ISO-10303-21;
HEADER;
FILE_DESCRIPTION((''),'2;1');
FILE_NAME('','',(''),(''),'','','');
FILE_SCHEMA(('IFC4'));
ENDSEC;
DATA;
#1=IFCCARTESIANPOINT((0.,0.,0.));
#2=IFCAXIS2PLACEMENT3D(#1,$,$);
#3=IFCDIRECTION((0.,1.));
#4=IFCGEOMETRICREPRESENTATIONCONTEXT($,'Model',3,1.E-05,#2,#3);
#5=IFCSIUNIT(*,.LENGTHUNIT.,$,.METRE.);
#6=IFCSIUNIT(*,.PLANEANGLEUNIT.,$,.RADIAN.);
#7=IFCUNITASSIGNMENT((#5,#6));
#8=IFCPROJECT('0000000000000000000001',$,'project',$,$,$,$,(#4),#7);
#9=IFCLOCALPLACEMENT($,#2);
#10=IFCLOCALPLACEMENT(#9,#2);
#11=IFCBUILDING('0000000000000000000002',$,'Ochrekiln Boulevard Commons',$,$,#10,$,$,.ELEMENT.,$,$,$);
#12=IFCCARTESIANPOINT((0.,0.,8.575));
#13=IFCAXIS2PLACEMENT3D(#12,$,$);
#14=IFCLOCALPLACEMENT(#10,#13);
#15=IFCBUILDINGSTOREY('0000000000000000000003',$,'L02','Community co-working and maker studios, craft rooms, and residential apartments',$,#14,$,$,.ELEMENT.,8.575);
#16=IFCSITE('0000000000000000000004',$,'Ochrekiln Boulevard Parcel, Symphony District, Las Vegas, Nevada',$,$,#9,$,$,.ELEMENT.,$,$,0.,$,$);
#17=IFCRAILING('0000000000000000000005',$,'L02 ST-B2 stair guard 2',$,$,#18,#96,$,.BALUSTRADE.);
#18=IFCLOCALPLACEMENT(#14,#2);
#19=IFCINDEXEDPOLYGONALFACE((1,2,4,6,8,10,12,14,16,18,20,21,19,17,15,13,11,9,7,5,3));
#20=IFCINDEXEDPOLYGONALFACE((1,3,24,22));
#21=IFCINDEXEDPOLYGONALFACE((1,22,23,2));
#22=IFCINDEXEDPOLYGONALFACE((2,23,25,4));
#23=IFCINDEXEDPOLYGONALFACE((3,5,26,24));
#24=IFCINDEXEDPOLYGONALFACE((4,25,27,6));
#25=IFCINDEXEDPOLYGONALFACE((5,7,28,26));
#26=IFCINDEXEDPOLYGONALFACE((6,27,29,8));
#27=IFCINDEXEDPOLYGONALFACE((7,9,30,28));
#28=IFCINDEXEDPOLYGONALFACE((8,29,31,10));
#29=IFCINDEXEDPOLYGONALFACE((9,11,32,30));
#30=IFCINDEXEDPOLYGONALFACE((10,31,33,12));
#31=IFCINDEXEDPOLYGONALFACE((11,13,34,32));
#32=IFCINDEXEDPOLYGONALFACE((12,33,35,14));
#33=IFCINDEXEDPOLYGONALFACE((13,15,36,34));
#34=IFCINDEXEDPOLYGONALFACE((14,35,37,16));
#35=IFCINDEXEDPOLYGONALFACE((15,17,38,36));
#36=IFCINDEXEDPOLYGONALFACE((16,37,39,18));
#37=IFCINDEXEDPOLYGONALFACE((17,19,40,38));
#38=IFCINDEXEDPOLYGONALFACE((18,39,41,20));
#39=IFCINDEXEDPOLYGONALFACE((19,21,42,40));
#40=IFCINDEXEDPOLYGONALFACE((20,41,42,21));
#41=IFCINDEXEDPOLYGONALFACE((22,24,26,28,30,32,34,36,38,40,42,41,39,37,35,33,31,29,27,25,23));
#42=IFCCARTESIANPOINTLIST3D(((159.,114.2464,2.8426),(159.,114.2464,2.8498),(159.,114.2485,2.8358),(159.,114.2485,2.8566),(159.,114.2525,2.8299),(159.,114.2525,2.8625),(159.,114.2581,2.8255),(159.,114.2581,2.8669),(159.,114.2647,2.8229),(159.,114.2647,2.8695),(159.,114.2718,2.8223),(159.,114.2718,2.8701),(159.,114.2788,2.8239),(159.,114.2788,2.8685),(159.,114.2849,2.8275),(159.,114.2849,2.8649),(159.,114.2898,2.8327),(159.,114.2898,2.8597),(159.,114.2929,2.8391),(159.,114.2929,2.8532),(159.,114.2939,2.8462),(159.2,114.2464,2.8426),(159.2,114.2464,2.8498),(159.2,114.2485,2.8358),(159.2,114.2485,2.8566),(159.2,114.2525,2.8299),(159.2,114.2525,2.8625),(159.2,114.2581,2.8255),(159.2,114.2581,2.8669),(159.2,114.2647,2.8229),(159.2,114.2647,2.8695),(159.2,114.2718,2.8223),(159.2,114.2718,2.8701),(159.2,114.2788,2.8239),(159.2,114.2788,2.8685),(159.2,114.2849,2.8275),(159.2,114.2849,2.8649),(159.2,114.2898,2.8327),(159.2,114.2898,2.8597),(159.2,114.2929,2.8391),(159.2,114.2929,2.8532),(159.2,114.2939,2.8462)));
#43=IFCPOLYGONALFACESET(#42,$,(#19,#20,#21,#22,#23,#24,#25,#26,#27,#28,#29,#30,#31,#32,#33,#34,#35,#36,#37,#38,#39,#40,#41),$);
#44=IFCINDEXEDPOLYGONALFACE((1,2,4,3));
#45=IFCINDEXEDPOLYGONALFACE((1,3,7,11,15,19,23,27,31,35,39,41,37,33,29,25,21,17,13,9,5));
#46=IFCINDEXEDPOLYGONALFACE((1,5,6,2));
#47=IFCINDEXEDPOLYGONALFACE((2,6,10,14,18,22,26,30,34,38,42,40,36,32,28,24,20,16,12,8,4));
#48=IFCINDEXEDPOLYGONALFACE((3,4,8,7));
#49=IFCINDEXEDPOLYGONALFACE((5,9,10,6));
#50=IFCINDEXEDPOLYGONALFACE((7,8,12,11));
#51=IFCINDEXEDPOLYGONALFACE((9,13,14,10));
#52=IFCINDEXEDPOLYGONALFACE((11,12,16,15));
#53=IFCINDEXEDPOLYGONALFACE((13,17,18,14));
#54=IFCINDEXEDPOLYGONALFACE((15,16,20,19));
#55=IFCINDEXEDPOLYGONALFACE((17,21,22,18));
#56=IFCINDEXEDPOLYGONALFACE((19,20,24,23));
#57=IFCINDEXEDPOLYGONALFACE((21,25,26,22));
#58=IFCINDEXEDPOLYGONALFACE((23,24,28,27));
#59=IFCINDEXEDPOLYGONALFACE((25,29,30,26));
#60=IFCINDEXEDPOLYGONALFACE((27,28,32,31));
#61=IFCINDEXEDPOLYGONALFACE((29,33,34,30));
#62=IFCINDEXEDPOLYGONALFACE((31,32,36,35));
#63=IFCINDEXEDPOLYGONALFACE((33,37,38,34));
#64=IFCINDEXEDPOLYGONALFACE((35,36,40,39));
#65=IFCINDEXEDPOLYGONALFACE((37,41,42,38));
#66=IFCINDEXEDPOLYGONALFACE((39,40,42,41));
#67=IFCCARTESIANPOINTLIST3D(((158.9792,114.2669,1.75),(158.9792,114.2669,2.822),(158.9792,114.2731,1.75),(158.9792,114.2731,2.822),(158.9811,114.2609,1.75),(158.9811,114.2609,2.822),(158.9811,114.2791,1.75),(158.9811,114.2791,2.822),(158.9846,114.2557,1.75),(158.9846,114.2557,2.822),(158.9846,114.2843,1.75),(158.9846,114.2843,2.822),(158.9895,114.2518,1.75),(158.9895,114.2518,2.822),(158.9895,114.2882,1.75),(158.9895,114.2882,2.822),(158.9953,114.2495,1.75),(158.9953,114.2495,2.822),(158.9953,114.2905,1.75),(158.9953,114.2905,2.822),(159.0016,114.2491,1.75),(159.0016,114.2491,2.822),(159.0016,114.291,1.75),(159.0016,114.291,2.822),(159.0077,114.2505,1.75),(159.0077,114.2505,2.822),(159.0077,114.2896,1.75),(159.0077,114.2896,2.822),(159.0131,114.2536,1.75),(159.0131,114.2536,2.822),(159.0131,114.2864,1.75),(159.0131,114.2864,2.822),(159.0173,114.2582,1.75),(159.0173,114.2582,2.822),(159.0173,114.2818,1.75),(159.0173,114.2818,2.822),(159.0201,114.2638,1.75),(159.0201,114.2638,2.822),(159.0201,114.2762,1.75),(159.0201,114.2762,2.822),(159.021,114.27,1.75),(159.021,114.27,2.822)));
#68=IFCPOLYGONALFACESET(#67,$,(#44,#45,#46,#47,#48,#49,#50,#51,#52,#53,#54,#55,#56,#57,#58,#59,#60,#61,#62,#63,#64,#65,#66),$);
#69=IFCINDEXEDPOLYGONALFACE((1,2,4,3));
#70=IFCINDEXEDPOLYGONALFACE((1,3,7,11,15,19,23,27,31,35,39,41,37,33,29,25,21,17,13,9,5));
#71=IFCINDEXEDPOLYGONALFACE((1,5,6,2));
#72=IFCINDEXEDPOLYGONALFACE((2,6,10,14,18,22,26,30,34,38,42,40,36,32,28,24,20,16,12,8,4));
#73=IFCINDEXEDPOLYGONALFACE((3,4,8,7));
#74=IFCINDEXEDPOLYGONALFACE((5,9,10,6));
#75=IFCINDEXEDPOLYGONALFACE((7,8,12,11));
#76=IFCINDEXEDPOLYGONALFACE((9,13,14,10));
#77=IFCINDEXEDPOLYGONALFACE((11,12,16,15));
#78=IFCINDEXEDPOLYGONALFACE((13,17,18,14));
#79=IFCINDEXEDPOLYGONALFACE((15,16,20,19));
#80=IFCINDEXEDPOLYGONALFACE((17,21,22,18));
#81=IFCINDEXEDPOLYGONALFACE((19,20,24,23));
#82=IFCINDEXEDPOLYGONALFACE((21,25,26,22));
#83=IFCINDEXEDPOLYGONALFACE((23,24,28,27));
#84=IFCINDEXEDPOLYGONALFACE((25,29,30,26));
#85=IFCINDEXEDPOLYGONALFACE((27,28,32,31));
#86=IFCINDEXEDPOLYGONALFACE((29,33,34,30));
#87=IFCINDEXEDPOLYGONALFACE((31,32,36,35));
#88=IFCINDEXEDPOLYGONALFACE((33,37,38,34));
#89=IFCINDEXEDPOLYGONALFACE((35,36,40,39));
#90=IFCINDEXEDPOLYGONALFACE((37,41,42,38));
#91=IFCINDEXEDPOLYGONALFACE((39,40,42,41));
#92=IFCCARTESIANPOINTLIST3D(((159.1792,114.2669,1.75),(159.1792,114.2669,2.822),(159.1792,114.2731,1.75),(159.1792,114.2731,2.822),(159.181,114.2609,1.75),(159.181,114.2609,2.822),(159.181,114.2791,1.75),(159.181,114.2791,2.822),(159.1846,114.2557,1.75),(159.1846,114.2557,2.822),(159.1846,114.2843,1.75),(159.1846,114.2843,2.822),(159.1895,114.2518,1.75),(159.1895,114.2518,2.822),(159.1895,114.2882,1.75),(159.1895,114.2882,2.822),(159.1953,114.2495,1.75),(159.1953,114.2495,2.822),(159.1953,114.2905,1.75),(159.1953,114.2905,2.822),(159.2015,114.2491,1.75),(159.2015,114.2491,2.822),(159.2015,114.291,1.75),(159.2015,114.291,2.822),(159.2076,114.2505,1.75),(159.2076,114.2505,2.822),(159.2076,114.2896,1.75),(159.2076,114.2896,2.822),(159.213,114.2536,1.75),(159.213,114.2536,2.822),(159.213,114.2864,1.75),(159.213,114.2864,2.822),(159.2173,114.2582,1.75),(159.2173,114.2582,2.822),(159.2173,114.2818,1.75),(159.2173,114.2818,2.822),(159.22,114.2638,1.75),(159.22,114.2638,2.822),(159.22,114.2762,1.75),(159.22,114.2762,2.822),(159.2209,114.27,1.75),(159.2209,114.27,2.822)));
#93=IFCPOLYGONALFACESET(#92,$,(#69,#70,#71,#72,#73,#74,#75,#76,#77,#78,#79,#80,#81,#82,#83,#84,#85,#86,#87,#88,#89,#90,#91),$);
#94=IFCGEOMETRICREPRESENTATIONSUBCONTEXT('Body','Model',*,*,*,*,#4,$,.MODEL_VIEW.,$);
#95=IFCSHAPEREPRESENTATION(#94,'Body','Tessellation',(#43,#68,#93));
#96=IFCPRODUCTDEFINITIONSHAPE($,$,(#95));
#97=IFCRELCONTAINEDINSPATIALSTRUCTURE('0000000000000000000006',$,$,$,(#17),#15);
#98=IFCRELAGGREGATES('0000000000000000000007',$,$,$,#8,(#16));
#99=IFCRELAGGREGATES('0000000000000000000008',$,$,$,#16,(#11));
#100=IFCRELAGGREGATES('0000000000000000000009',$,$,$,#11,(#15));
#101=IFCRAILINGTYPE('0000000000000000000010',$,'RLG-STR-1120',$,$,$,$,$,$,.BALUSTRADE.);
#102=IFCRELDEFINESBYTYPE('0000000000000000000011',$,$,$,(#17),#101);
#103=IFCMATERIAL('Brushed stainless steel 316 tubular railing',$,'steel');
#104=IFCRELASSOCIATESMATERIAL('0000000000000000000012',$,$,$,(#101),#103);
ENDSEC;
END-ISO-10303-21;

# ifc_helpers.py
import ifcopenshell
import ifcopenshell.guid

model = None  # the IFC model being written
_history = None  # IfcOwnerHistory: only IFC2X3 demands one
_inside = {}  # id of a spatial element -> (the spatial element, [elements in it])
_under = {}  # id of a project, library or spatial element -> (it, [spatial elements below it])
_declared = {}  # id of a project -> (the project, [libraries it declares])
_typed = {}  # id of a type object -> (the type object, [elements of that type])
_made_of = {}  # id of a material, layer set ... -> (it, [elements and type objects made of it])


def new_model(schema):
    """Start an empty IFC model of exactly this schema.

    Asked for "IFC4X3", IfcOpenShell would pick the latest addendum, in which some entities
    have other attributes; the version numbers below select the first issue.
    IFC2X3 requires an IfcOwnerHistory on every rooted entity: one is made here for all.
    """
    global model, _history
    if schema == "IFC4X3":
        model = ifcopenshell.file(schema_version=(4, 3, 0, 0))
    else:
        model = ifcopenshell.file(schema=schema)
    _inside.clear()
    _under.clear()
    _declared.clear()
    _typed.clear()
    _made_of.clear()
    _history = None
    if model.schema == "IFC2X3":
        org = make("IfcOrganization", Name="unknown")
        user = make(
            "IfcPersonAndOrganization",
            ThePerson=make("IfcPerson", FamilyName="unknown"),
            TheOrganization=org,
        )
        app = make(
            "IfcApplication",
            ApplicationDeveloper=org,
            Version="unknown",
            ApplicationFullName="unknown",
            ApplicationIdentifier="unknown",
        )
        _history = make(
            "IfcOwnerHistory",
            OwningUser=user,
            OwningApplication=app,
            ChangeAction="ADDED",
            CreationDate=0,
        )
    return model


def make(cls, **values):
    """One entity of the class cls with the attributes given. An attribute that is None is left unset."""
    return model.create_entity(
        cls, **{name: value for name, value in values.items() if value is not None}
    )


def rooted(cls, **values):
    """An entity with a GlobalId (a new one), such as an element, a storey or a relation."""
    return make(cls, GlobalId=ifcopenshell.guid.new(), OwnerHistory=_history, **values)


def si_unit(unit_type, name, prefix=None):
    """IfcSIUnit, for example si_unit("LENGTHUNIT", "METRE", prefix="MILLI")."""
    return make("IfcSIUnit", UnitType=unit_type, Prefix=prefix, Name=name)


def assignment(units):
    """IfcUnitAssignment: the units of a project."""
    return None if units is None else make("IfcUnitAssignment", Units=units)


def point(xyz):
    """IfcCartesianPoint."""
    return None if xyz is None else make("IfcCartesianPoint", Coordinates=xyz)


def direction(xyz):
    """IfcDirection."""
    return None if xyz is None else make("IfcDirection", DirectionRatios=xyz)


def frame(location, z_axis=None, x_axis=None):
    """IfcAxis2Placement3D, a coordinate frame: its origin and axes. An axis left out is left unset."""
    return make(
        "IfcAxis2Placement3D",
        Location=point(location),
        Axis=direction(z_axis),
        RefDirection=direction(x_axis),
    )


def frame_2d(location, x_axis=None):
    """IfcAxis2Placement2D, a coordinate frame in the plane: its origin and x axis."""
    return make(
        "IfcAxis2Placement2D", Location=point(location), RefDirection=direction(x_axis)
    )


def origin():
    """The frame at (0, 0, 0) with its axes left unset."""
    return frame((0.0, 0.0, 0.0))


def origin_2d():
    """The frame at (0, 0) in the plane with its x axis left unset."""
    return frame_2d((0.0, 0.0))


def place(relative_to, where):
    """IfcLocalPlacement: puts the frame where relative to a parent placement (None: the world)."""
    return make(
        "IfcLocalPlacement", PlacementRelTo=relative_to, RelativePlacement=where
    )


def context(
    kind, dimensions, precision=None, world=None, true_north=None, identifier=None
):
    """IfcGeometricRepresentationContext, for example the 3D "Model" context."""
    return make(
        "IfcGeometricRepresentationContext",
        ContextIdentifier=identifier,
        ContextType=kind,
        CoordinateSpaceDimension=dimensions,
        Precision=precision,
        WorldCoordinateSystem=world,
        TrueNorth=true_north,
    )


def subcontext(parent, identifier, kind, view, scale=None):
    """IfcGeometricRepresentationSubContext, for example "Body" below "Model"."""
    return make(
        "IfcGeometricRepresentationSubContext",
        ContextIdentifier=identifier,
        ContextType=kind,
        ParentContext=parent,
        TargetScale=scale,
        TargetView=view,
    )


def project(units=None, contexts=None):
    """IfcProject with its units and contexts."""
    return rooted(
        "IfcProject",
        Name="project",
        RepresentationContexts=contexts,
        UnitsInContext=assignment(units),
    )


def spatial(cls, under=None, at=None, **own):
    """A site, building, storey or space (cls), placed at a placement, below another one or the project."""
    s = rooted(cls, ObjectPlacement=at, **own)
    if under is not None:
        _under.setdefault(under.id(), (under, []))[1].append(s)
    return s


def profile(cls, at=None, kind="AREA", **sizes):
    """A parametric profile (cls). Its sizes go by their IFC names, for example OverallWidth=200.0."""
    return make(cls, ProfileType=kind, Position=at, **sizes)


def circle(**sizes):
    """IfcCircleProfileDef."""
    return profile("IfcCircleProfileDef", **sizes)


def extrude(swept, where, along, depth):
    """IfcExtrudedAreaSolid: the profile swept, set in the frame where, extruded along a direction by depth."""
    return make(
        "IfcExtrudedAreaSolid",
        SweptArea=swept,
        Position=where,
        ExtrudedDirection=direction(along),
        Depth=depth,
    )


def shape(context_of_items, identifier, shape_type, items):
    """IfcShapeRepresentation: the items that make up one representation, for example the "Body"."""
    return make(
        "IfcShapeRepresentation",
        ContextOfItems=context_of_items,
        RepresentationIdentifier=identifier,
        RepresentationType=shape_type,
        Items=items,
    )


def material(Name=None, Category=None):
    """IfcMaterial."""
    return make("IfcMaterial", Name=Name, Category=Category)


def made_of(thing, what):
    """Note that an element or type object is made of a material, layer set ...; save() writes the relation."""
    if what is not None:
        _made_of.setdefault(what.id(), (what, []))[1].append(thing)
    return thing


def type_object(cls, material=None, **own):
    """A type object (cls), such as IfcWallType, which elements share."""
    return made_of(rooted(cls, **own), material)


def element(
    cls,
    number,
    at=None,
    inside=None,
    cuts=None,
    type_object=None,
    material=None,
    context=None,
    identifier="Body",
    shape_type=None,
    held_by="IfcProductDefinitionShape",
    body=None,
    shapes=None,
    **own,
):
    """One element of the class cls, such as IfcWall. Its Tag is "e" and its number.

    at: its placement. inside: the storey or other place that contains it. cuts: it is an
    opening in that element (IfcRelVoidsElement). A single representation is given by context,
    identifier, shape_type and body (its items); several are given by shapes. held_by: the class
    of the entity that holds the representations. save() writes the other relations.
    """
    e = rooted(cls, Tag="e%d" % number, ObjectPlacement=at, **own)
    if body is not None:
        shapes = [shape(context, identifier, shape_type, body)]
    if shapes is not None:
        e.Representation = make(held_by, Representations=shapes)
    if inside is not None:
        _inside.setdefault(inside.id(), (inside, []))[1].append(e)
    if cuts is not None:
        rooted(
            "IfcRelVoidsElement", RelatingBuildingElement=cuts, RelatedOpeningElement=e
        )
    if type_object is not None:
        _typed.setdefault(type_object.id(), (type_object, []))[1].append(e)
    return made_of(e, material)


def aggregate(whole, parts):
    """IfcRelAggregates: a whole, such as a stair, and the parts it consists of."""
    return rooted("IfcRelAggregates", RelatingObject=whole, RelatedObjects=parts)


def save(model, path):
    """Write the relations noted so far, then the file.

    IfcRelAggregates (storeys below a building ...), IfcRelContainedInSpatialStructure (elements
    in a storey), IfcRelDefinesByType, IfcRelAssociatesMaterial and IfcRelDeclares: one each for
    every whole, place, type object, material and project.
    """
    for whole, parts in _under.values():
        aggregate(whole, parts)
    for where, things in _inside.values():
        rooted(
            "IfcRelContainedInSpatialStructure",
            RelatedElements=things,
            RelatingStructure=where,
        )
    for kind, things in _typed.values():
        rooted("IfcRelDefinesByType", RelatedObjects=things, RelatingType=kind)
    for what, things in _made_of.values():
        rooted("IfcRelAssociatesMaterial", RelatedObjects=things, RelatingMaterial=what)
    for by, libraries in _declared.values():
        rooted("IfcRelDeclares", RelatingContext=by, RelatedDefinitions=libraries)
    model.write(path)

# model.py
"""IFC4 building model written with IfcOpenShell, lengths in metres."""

from ifc_helpers import new_model, si_unit, direction, frame, origin, origin_2d, place, context, subcontext, project, spatial, circle, extrude, material, type_object, element, save


model = new_model("IFC4")

# Units and contexts
model_context = context("Model", 3, precision=1e-05, world=origin(), true_north=direction((0.0, 1.0)))
body_context = subcontext(model_context, "Body", "Model", "MODEL_VIEW")
ifc_project = project(units=[si_unit("LENGTHUNIT", "METRE"), si_unit("PLANEANGLEUNIT", "RADIAN")], contexts=[model_context])

# Site, building, storey
site_placement = place(None, origin())
site = spatial("IfcSite", under=ifc_project, at=site_placement, Name="Ochrekiln Boulevard Parcel, Symphony District, Las Vegas, Nevada", CompositionType="ELEMENT", RefElevation=0.0)
building_placement = place(site_placement, origin())
building = spatial("IfcBuilding", under=site, at=building_placement, Name="Ochrekiln Boulevard Commons", CompositionType="ELEMENT")
storey_placement = place(building_placement, frame((0.0, 0.0, 8.575)))
storey = spatial("IfcBuildingStorey", under=building, at=storey_placement, Name="L02", Description="Community co-working and maker studios, craft rooms, and residential apartments", CompositionType="ELEMENT", Elevation=8.575)

# Railing
ifc_material_1 = material(Name="Brushed stainless steel 316 tubular railing", Category="steel")
railing_type_1 = type_object("IfcRailingType", Name="RLG-STR-1120", PredefinedType="BALUSTRADE", material=ifc_material_1)
railing_1_placement = place(storey_placement, frame((159.0, 114.27, 1.75)))
element("IfcRailing", 1, at=railing_1_placement, inside=storey, type_object=railing_type_1, Name="L02 ST-B2 stair guard 2", PredefinedType="BALUSTRADE", context=body_context, shape_type="SweptSolid", body=[
    extrude(circle(Radius=0.0239, at=origin_2d()), frame((0.0, 0.0, 1.0962), z_axis=(1.0, 0.0, 0.0), x_axis=(0.0, 1.0, 0.0)), (0.0, 0.0, 1.0), 0.2),
    extrude(circle(Radius=0.021, at=origin_2d()), origin(), (0.0, 0.0, 1.0), 1.072),
    extrude(circle(Radius=0.021, at=origin_2d()), frame((0.2, 0.0, 0.0)), (0.0, 0.0, 1.0), 1.072),
])

save(model, "model.ifc")
